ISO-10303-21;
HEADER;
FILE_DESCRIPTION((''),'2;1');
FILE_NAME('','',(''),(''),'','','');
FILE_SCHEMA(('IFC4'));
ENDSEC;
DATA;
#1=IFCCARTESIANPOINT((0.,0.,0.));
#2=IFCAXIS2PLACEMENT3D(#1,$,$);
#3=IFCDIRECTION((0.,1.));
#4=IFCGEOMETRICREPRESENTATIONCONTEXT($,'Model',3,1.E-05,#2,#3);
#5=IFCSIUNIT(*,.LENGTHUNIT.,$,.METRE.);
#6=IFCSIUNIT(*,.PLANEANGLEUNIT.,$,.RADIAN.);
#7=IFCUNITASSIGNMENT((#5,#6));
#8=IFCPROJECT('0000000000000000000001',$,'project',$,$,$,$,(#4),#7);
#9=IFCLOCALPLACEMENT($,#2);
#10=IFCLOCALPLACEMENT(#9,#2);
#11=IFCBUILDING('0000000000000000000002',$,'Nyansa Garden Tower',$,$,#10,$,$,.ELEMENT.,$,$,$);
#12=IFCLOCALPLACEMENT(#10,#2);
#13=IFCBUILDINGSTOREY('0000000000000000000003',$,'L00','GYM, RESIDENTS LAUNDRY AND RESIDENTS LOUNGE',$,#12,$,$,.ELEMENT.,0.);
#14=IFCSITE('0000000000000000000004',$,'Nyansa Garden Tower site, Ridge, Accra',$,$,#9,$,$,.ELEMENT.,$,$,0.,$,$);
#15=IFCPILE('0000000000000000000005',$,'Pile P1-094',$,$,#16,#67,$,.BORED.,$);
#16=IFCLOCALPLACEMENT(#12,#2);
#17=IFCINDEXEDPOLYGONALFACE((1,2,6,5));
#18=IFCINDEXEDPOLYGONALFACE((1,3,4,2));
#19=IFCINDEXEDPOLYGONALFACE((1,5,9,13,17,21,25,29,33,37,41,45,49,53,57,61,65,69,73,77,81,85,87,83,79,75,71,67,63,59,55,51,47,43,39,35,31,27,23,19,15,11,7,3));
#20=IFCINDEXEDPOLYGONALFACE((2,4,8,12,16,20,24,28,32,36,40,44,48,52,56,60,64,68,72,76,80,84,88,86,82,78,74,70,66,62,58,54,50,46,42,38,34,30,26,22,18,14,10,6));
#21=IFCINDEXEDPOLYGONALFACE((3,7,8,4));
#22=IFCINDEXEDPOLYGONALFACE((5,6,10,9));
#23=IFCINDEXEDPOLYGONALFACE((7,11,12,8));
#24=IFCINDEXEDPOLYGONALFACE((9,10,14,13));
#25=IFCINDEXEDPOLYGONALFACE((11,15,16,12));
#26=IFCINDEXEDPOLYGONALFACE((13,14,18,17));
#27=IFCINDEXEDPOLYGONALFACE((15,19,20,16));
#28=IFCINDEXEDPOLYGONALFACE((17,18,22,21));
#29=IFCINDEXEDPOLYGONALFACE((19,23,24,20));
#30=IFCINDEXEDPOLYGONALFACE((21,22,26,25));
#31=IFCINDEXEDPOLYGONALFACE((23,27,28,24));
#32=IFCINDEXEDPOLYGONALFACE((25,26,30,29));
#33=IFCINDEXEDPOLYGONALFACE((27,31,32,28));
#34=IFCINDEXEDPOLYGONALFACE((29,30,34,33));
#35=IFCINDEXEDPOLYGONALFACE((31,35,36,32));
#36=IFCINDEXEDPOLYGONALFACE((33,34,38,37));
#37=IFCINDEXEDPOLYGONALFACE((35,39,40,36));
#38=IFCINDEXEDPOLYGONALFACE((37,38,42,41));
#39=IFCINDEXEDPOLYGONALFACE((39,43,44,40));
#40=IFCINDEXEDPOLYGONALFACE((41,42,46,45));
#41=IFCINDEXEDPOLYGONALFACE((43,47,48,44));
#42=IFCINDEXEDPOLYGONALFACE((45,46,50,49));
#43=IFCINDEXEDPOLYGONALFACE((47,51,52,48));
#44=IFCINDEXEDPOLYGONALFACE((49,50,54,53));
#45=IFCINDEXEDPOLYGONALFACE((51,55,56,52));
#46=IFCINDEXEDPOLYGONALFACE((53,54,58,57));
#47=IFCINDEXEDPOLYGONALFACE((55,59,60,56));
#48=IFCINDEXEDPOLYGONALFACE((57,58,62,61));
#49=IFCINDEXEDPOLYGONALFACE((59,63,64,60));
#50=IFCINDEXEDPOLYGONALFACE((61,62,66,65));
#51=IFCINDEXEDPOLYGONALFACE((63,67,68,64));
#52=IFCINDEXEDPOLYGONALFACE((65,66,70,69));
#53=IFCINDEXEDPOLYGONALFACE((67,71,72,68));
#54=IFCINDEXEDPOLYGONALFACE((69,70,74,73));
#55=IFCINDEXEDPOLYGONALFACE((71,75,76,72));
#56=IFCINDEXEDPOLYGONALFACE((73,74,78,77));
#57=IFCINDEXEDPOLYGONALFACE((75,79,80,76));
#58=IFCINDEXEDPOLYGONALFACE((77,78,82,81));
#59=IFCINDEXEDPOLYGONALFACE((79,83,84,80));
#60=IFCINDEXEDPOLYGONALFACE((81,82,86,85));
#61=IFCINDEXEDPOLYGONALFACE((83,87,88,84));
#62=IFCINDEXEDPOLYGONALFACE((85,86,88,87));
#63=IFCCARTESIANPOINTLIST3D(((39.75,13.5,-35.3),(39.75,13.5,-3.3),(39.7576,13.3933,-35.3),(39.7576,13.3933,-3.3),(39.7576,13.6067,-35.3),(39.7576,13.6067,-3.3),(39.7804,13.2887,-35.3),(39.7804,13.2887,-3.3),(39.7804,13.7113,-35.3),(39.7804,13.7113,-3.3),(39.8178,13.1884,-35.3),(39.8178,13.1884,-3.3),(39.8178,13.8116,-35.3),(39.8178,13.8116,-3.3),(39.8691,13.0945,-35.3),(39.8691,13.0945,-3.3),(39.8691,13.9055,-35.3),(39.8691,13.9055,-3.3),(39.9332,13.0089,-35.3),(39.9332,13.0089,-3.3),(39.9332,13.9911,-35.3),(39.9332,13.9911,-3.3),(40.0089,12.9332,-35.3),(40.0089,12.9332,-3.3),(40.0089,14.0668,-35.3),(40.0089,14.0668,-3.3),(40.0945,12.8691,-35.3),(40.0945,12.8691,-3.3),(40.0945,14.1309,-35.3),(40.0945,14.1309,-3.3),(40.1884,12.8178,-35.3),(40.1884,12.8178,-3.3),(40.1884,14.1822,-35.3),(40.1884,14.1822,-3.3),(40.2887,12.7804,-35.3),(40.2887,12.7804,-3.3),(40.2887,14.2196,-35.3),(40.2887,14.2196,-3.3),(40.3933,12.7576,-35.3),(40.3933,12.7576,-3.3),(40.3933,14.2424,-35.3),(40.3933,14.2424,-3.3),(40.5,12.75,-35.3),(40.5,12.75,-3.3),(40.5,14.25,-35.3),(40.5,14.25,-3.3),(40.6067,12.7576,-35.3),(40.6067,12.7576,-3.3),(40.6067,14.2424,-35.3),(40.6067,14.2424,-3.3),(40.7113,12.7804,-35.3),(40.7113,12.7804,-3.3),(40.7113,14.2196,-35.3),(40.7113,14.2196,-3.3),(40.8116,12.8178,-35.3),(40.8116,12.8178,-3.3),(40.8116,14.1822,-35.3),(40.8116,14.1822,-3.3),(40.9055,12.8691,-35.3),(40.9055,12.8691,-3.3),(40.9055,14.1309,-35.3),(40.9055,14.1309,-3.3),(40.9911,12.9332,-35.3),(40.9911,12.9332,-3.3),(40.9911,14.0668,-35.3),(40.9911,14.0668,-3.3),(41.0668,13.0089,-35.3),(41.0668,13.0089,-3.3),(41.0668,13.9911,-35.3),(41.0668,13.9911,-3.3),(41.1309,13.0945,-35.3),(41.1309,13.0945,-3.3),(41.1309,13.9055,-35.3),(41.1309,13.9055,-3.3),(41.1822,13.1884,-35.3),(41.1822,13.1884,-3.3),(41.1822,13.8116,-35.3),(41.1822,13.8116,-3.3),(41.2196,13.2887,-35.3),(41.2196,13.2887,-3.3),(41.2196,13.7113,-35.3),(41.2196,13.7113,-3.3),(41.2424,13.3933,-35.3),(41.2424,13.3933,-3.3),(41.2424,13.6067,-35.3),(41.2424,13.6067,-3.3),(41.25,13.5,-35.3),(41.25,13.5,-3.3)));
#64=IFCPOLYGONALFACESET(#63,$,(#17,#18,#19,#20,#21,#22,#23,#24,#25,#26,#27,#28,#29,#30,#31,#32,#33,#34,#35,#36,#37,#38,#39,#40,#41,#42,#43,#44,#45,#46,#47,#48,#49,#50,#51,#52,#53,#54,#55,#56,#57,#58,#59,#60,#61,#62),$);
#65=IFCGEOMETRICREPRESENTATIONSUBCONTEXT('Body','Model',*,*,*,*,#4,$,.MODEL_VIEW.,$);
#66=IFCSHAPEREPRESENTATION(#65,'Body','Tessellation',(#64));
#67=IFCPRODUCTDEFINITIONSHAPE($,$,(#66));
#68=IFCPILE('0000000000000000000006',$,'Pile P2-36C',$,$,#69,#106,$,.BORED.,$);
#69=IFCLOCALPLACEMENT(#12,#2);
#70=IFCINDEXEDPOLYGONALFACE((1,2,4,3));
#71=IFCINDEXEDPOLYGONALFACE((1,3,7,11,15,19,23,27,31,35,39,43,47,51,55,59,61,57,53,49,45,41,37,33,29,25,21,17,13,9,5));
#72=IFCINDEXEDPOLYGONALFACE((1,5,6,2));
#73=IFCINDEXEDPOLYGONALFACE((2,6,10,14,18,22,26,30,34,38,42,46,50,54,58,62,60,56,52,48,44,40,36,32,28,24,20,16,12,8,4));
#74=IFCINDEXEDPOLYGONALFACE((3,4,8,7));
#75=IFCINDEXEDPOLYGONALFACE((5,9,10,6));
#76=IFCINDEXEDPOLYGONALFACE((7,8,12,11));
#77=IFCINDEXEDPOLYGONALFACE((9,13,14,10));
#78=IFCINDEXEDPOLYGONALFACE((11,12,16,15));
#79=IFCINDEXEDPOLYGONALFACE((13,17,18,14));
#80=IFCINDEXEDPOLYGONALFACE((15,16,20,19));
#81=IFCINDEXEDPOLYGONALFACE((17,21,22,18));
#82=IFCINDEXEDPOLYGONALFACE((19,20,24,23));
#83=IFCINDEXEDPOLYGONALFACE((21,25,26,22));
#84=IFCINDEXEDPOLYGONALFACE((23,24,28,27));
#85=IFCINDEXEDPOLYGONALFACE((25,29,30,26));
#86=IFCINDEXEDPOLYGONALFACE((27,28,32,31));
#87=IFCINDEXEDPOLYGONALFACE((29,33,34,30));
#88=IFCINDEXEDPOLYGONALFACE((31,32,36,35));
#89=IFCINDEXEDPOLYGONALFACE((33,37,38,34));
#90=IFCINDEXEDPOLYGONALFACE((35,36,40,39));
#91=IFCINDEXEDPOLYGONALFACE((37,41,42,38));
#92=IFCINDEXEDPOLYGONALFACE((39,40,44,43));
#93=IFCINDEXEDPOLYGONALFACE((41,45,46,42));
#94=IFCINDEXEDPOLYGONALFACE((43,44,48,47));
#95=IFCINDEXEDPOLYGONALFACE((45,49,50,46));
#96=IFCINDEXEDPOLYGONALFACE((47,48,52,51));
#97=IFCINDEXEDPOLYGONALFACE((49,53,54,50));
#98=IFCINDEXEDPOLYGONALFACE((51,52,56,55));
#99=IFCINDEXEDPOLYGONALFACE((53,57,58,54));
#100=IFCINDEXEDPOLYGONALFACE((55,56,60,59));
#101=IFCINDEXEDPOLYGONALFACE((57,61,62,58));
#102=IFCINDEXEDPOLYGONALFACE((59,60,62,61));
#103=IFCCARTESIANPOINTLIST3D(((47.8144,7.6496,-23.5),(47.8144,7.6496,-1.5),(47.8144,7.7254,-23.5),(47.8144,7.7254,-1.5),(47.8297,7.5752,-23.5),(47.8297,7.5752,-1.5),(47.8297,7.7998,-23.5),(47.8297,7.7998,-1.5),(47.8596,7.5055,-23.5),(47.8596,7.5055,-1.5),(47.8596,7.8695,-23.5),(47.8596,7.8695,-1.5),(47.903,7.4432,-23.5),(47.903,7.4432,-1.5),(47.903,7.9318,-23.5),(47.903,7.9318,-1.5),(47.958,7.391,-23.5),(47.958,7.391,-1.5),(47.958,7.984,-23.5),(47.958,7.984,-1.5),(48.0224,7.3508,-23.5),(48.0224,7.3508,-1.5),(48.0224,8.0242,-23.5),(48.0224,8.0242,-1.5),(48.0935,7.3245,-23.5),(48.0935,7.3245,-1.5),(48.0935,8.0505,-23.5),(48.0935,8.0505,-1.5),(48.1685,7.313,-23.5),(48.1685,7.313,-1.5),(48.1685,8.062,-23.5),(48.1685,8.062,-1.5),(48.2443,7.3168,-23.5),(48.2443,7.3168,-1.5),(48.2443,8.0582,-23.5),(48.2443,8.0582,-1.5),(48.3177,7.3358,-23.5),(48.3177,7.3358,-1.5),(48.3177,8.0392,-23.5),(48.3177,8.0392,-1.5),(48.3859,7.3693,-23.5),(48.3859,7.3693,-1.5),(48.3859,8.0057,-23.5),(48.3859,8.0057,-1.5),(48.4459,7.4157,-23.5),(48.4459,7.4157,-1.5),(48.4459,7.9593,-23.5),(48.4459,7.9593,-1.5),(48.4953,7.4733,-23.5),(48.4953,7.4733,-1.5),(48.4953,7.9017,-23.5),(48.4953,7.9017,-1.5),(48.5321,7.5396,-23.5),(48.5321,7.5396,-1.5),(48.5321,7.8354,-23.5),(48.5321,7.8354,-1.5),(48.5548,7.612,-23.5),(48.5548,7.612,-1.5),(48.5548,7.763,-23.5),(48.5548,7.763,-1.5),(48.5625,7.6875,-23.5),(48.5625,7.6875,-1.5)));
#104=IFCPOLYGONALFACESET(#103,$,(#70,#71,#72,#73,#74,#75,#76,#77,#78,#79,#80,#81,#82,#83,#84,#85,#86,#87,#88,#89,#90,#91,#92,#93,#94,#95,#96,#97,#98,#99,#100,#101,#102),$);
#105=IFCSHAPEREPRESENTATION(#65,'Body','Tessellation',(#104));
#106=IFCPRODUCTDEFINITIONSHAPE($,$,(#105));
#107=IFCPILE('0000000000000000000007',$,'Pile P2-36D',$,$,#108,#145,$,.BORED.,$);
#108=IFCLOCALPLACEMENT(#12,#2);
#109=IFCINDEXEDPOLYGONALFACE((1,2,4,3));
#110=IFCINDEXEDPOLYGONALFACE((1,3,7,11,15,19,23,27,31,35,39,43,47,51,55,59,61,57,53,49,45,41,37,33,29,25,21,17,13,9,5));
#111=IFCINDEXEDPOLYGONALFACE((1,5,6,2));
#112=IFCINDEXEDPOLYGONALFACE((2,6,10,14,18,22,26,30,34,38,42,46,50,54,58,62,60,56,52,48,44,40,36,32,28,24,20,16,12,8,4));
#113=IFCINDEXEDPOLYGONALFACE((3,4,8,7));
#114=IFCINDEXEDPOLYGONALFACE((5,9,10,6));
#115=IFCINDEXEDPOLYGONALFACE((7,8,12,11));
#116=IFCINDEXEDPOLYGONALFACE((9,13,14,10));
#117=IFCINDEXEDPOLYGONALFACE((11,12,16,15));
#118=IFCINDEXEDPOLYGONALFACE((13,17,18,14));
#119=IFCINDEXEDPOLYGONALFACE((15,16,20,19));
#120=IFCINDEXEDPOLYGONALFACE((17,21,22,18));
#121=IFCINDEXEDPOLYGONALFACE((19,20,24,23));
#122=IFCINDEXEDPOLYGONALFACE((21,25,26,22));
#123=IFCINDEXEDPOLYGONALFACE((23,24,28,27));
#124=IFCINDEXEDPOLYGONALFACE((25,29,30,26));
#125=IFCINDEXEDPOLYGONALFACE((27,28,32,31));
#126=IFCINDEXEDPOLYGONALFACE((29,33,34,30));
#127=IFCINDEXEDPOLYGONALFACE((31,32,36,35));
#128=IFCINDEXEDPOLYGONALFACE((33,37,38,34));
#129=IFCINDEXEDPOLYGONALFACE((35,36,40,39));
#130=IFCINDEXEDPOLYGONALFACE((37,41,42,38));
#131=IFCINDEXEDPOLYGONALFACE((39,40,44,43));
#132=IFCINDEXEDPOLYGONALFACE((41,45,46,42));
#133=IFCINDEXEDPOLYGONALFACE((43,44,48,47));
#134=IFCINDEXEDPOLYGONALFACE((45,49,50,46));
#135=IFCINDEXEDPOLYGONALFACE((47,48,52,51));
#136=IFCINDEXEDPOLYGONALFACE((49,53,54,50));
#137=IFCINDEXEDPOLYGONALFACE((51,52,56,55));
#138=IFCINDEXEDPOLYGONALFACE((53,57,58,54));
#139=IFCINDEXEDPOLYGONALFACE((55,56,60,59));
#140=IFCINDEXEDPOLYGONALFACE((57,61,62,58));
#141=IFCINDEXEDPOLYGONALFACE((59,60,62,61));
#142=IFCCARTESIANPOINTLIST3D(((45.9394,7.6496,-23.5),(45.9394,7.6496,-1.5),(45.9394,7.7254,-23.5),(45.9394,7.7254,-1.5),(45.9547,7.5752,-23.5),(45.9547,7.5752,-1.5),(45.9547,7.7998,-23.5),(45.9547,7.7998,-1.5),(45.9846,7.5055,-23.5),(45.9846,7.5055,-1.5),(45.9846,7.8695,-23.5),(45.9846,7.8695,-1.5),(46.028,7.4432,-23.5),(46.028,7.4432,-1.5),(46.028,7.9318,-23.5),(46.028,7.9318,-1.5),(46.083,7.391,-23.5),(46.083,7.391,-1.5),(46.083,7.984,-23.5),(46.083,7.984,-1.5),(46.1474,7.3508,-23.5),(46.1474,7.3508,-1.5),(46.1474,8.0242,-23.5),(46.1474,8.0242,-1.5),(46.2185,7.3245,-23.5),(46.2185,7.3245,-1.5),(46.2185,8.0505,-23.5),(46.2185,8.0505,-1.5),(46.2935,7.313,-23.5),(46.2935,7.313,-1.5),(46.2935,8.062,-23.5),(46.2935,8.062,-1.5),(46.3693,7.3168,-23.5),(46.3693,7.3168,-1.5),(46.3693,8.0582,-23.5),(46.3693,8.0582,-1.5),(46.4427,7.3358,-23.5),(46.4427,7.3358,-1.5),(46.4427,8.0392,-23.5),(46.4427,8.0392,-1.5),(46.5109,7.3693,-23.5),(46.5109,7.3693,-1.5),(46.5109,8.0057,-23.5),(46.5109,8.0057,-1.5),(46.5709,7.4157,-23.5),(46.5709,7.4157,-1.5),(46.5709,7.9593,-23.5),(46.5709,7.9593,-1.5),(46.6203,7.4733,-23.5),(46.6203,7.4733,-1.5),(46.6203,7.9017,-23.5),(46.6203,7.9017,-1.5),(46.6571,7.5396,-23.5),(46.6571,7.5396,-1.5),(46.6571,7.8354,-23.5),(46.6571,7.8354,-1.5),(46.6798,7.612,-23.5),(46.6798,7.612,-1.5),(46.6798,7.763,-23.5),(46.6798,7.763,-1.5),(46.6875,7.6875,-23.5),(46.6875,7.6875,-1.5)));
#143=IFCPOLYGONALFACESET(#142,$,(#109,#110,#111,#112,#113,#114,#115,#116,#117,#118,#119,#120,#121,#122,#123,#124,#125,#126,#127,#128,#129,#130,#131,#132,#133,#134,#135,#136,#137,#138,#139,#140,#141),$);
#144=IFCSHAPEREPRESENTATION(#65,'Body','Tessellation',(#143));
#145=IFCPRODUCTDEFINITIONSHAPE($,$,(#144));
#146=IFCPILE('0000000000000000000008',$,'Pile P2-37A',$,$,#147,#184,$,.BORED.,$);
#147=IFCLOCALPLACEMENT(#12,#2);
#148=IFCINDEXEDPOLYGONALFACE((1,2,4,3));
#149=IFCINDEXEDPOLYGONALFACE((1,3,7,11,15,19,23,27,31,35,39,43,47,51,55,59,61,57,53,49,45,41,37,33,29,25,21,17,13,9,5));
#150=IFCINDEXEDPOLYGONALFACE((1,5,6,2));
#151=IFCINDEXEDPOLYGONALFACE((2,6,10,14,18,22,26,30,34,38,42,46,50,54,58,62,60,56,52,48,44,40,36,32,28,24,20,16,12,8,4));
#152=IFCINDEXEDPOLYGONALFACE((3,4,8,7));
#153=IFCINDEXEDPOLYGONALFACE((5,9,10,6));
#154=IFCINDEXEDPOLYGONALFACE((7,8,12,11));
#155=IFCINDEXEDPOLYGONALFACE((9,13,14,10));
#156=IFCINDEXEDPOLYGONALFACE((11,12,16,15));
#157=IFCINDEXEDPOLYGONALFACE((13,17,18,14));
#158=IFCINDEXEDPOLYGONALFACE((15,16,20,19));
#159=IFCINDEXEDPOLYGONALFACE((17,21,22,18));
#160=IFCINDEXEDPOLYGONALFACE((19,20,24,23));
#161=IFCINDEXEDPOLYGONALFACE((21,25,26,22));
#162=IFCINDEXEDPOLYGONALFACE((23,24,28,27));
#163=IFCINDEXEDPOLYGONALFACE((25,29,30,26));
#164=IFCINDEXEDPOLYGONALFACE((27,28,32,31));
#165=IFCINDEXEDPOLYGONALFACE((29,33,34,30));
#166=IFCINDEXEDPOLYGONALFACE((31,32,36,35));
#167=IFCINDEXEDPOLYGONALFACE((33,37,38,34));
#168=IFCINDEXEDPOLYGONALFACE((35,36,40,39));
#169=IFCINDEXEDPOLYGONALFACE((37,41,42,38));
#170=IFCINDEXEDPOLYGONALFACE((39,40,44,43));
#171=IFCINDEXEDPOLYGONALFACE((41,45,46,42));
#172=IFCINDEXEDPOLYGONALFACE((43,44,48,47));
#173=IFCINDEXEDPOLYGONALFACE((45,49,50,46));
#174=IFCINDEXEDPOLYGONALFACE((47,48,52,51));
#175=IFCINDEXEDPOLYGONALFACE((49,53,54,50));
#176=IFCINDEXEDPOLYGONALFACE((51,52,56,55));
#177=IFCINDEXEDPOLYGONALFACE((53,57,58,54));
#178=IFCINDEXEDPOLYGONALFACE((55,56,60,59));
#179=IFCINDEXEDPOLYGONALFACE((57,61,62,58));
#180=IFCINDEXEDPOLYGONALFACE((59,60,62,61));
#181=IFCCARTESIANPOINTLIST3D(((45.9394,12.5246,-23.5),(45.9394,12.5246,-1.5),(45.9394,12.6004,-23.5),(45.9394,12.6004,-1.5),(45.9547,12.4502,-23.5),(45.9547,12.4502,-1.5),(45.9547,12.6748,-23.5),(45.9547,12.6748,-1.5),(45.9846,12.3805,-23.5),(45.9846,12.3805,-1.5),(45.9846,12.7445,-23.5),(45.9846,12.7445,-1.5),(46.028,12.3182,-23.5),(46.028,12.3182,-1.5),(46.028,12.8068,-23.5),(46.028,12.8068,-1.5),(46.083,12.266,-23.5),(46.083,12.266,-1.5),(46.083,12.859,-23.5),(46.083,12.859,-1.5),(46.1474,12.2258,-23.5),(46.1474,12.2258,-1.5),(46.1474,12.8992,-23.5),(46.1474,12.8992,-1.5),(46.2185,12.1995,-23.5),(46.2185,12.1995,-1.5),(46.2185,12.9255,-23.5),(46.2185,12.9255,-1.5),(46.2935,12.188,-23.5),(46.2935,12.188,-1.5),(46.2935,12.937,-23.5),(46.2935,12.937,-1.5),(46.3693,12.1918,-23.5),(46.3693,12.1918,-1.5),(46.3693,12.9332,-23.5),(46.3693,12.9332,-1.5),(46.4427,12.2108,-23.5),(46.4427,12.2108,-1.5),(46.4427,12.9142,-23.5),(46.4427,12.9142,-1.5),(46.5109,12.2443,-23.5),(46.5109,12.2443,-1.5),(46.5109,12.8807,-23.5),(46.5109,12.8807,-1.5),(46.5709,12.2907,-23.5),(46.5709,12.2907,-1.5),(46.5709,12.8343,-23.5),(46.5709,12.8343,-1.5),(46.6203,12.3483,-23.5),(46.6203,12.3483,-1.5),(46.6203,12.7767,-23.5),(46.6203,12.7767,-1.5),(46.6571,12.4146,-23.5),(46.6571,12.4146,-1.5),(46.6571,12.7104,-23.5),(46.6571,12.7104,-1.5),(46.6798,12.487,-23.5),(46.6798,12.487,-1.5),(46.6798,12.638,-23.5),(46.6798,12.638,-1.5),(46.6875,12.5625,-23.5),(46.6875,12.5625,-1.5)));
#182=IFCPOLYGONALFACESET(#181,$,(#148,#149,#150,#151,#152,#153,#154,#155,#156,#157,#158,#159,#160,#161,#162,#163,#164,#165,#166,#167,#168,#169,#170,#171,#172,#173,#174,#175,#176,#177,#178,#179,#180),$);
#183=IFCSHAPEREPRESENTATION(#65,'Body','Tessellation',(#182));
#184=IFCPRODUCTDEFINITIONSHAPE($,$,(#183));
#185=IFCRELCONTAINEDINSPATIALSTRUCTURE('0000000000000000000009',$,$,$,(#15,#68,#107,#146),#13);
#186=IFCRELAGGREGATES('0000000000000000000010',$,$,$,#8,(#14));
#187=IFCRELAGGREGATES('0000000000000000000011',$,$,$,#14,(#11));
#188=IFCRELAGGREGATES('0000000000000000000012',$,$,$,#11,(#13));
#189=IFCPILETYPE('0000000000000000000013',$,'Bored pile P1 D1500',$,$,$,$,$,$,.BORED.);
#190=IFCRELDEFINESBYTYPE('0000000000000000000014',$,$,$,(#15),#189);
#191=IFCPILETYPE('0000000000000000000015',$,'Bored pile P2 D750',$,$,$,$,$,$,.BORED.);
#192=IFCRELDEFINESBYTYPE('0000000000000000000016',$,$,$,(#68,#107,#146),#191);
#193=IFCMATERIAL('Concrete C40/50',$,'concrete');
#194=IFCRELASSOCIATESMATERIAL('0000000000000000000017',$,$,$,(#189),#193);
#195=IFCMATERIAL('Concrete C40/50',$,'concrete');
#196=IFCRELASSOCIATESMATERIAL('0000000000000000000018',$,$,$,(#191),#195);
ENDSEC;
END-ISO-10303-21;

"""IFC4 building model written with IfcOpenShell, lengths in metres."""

from ifc_helpers import new_model, si_unit, direction, frame, origin, origin_2d, place, context, subcontext, project, spatial, circle, extrude, material, type_object, element, save


model = new_model("IFC4")

# Units and contexts
model_context = context("Model", 3, precision=1e-05, world=origin(), true_north=direction((0.0, 1.0)))
body_context = subcontext(model_context, "Body", "Model", "MODEL_VIEW")
ifc_project = project(units=[si_unit("LENGTHUNIT", "METRE"), si_unit("PLANEANGLEUNIT", "RADIAN")], contexts=[model_context])

# Site, building, storey
site_placement = place(None, origin())
site = spatial("IfcSite", under=ifc_project, at=site_placement, Name="Nyansa Garden Tower site, Ridge, Accra", CompositionType="ELEMENT", RefElevation=0.0)
building_placement = place(site_placement, origin())
building = spatial("IfcBuilding", under=site, at=building_placement, Name="Nyansa Garden Tower", CompositionType="ELEMENT")
storey_placement = place(building_placement, origin())
storey = spatial("IfcBuildingStorey", under=building, at=storey_placement, Name="L00", Description="GYM, RESIDENTS LAUNDRY AND RESIDENTS LOUNGE", CompositionType="ELEMENT", Elevation=0.0)

# Piles
ifc_material_1 = material(Name="Concrete C40/50", Category="concrete")
pile_type_1 = type_object("IfcPileType", Name="Bored pile P1 D1500", PredefinedType="BORED", material=ifc_material_1)
for number, where, z_axis, x_axis, name in (
    (1, (40.5, 13.5, -3.3), (0.0, 0.0, -1.0), (1.0, 0.0, 0.0), "Pile P1-094"),
):
    element("IfcPile", number, at=place(storey_placement, frame(where, z_axis=z_axis, x_axis=x_axis)), inside=storey, type_object=pile_type_1, Name=name, PredefinedType="BORED", context=body_context, shape_type="SweptSolid", body=[
        extrude(circle(Radius=0.75, at=origin_2d()), origin(), (0.0, 0.0, 1.0), 32.0),
    ])
ifc_material_2 = material(Name="Concrete C40/50", Category="concrete")
pile_type_2 = type_object("IfcPileType", Name="Bored pile P2 D750", PredefinedType="BORED", material=ifc_material_2)
for number, where, z_axis, x_axis, name in (
    (2, (48.1875, 7.6875, -1.5), (0.0, 0.0, -1.0), (1.0, 0.0, 0.0), "Pile P2-36C"),
    (3, (46.3125, 7.6875, -1.5), (0.0, 0.0, -1.0), (1.0, 0.0, 0.0), "Pile P2-36D"),
    (4, (46.3125, 12.5625, -1.5), (0.0, 0.0, -1.0), (1.0, 0.0, 0.0), "Pile P2-37A"),
):
    element("IfcPile", number, at=place(storey_placement, frame(where, z_axis=z_axis, x_axis=x_axis)), inside=storey, type_object=pile_type_2, Name=name, PredefinedType="BORED", context=body_context, shape_type="SweptSolid", body=[
        extrude(circle(Radius=0.375, at=origin_2d()), origin(), (0.0, 0.0, 1.0), 22.0),
    ])

save(model, "model.ifc")
